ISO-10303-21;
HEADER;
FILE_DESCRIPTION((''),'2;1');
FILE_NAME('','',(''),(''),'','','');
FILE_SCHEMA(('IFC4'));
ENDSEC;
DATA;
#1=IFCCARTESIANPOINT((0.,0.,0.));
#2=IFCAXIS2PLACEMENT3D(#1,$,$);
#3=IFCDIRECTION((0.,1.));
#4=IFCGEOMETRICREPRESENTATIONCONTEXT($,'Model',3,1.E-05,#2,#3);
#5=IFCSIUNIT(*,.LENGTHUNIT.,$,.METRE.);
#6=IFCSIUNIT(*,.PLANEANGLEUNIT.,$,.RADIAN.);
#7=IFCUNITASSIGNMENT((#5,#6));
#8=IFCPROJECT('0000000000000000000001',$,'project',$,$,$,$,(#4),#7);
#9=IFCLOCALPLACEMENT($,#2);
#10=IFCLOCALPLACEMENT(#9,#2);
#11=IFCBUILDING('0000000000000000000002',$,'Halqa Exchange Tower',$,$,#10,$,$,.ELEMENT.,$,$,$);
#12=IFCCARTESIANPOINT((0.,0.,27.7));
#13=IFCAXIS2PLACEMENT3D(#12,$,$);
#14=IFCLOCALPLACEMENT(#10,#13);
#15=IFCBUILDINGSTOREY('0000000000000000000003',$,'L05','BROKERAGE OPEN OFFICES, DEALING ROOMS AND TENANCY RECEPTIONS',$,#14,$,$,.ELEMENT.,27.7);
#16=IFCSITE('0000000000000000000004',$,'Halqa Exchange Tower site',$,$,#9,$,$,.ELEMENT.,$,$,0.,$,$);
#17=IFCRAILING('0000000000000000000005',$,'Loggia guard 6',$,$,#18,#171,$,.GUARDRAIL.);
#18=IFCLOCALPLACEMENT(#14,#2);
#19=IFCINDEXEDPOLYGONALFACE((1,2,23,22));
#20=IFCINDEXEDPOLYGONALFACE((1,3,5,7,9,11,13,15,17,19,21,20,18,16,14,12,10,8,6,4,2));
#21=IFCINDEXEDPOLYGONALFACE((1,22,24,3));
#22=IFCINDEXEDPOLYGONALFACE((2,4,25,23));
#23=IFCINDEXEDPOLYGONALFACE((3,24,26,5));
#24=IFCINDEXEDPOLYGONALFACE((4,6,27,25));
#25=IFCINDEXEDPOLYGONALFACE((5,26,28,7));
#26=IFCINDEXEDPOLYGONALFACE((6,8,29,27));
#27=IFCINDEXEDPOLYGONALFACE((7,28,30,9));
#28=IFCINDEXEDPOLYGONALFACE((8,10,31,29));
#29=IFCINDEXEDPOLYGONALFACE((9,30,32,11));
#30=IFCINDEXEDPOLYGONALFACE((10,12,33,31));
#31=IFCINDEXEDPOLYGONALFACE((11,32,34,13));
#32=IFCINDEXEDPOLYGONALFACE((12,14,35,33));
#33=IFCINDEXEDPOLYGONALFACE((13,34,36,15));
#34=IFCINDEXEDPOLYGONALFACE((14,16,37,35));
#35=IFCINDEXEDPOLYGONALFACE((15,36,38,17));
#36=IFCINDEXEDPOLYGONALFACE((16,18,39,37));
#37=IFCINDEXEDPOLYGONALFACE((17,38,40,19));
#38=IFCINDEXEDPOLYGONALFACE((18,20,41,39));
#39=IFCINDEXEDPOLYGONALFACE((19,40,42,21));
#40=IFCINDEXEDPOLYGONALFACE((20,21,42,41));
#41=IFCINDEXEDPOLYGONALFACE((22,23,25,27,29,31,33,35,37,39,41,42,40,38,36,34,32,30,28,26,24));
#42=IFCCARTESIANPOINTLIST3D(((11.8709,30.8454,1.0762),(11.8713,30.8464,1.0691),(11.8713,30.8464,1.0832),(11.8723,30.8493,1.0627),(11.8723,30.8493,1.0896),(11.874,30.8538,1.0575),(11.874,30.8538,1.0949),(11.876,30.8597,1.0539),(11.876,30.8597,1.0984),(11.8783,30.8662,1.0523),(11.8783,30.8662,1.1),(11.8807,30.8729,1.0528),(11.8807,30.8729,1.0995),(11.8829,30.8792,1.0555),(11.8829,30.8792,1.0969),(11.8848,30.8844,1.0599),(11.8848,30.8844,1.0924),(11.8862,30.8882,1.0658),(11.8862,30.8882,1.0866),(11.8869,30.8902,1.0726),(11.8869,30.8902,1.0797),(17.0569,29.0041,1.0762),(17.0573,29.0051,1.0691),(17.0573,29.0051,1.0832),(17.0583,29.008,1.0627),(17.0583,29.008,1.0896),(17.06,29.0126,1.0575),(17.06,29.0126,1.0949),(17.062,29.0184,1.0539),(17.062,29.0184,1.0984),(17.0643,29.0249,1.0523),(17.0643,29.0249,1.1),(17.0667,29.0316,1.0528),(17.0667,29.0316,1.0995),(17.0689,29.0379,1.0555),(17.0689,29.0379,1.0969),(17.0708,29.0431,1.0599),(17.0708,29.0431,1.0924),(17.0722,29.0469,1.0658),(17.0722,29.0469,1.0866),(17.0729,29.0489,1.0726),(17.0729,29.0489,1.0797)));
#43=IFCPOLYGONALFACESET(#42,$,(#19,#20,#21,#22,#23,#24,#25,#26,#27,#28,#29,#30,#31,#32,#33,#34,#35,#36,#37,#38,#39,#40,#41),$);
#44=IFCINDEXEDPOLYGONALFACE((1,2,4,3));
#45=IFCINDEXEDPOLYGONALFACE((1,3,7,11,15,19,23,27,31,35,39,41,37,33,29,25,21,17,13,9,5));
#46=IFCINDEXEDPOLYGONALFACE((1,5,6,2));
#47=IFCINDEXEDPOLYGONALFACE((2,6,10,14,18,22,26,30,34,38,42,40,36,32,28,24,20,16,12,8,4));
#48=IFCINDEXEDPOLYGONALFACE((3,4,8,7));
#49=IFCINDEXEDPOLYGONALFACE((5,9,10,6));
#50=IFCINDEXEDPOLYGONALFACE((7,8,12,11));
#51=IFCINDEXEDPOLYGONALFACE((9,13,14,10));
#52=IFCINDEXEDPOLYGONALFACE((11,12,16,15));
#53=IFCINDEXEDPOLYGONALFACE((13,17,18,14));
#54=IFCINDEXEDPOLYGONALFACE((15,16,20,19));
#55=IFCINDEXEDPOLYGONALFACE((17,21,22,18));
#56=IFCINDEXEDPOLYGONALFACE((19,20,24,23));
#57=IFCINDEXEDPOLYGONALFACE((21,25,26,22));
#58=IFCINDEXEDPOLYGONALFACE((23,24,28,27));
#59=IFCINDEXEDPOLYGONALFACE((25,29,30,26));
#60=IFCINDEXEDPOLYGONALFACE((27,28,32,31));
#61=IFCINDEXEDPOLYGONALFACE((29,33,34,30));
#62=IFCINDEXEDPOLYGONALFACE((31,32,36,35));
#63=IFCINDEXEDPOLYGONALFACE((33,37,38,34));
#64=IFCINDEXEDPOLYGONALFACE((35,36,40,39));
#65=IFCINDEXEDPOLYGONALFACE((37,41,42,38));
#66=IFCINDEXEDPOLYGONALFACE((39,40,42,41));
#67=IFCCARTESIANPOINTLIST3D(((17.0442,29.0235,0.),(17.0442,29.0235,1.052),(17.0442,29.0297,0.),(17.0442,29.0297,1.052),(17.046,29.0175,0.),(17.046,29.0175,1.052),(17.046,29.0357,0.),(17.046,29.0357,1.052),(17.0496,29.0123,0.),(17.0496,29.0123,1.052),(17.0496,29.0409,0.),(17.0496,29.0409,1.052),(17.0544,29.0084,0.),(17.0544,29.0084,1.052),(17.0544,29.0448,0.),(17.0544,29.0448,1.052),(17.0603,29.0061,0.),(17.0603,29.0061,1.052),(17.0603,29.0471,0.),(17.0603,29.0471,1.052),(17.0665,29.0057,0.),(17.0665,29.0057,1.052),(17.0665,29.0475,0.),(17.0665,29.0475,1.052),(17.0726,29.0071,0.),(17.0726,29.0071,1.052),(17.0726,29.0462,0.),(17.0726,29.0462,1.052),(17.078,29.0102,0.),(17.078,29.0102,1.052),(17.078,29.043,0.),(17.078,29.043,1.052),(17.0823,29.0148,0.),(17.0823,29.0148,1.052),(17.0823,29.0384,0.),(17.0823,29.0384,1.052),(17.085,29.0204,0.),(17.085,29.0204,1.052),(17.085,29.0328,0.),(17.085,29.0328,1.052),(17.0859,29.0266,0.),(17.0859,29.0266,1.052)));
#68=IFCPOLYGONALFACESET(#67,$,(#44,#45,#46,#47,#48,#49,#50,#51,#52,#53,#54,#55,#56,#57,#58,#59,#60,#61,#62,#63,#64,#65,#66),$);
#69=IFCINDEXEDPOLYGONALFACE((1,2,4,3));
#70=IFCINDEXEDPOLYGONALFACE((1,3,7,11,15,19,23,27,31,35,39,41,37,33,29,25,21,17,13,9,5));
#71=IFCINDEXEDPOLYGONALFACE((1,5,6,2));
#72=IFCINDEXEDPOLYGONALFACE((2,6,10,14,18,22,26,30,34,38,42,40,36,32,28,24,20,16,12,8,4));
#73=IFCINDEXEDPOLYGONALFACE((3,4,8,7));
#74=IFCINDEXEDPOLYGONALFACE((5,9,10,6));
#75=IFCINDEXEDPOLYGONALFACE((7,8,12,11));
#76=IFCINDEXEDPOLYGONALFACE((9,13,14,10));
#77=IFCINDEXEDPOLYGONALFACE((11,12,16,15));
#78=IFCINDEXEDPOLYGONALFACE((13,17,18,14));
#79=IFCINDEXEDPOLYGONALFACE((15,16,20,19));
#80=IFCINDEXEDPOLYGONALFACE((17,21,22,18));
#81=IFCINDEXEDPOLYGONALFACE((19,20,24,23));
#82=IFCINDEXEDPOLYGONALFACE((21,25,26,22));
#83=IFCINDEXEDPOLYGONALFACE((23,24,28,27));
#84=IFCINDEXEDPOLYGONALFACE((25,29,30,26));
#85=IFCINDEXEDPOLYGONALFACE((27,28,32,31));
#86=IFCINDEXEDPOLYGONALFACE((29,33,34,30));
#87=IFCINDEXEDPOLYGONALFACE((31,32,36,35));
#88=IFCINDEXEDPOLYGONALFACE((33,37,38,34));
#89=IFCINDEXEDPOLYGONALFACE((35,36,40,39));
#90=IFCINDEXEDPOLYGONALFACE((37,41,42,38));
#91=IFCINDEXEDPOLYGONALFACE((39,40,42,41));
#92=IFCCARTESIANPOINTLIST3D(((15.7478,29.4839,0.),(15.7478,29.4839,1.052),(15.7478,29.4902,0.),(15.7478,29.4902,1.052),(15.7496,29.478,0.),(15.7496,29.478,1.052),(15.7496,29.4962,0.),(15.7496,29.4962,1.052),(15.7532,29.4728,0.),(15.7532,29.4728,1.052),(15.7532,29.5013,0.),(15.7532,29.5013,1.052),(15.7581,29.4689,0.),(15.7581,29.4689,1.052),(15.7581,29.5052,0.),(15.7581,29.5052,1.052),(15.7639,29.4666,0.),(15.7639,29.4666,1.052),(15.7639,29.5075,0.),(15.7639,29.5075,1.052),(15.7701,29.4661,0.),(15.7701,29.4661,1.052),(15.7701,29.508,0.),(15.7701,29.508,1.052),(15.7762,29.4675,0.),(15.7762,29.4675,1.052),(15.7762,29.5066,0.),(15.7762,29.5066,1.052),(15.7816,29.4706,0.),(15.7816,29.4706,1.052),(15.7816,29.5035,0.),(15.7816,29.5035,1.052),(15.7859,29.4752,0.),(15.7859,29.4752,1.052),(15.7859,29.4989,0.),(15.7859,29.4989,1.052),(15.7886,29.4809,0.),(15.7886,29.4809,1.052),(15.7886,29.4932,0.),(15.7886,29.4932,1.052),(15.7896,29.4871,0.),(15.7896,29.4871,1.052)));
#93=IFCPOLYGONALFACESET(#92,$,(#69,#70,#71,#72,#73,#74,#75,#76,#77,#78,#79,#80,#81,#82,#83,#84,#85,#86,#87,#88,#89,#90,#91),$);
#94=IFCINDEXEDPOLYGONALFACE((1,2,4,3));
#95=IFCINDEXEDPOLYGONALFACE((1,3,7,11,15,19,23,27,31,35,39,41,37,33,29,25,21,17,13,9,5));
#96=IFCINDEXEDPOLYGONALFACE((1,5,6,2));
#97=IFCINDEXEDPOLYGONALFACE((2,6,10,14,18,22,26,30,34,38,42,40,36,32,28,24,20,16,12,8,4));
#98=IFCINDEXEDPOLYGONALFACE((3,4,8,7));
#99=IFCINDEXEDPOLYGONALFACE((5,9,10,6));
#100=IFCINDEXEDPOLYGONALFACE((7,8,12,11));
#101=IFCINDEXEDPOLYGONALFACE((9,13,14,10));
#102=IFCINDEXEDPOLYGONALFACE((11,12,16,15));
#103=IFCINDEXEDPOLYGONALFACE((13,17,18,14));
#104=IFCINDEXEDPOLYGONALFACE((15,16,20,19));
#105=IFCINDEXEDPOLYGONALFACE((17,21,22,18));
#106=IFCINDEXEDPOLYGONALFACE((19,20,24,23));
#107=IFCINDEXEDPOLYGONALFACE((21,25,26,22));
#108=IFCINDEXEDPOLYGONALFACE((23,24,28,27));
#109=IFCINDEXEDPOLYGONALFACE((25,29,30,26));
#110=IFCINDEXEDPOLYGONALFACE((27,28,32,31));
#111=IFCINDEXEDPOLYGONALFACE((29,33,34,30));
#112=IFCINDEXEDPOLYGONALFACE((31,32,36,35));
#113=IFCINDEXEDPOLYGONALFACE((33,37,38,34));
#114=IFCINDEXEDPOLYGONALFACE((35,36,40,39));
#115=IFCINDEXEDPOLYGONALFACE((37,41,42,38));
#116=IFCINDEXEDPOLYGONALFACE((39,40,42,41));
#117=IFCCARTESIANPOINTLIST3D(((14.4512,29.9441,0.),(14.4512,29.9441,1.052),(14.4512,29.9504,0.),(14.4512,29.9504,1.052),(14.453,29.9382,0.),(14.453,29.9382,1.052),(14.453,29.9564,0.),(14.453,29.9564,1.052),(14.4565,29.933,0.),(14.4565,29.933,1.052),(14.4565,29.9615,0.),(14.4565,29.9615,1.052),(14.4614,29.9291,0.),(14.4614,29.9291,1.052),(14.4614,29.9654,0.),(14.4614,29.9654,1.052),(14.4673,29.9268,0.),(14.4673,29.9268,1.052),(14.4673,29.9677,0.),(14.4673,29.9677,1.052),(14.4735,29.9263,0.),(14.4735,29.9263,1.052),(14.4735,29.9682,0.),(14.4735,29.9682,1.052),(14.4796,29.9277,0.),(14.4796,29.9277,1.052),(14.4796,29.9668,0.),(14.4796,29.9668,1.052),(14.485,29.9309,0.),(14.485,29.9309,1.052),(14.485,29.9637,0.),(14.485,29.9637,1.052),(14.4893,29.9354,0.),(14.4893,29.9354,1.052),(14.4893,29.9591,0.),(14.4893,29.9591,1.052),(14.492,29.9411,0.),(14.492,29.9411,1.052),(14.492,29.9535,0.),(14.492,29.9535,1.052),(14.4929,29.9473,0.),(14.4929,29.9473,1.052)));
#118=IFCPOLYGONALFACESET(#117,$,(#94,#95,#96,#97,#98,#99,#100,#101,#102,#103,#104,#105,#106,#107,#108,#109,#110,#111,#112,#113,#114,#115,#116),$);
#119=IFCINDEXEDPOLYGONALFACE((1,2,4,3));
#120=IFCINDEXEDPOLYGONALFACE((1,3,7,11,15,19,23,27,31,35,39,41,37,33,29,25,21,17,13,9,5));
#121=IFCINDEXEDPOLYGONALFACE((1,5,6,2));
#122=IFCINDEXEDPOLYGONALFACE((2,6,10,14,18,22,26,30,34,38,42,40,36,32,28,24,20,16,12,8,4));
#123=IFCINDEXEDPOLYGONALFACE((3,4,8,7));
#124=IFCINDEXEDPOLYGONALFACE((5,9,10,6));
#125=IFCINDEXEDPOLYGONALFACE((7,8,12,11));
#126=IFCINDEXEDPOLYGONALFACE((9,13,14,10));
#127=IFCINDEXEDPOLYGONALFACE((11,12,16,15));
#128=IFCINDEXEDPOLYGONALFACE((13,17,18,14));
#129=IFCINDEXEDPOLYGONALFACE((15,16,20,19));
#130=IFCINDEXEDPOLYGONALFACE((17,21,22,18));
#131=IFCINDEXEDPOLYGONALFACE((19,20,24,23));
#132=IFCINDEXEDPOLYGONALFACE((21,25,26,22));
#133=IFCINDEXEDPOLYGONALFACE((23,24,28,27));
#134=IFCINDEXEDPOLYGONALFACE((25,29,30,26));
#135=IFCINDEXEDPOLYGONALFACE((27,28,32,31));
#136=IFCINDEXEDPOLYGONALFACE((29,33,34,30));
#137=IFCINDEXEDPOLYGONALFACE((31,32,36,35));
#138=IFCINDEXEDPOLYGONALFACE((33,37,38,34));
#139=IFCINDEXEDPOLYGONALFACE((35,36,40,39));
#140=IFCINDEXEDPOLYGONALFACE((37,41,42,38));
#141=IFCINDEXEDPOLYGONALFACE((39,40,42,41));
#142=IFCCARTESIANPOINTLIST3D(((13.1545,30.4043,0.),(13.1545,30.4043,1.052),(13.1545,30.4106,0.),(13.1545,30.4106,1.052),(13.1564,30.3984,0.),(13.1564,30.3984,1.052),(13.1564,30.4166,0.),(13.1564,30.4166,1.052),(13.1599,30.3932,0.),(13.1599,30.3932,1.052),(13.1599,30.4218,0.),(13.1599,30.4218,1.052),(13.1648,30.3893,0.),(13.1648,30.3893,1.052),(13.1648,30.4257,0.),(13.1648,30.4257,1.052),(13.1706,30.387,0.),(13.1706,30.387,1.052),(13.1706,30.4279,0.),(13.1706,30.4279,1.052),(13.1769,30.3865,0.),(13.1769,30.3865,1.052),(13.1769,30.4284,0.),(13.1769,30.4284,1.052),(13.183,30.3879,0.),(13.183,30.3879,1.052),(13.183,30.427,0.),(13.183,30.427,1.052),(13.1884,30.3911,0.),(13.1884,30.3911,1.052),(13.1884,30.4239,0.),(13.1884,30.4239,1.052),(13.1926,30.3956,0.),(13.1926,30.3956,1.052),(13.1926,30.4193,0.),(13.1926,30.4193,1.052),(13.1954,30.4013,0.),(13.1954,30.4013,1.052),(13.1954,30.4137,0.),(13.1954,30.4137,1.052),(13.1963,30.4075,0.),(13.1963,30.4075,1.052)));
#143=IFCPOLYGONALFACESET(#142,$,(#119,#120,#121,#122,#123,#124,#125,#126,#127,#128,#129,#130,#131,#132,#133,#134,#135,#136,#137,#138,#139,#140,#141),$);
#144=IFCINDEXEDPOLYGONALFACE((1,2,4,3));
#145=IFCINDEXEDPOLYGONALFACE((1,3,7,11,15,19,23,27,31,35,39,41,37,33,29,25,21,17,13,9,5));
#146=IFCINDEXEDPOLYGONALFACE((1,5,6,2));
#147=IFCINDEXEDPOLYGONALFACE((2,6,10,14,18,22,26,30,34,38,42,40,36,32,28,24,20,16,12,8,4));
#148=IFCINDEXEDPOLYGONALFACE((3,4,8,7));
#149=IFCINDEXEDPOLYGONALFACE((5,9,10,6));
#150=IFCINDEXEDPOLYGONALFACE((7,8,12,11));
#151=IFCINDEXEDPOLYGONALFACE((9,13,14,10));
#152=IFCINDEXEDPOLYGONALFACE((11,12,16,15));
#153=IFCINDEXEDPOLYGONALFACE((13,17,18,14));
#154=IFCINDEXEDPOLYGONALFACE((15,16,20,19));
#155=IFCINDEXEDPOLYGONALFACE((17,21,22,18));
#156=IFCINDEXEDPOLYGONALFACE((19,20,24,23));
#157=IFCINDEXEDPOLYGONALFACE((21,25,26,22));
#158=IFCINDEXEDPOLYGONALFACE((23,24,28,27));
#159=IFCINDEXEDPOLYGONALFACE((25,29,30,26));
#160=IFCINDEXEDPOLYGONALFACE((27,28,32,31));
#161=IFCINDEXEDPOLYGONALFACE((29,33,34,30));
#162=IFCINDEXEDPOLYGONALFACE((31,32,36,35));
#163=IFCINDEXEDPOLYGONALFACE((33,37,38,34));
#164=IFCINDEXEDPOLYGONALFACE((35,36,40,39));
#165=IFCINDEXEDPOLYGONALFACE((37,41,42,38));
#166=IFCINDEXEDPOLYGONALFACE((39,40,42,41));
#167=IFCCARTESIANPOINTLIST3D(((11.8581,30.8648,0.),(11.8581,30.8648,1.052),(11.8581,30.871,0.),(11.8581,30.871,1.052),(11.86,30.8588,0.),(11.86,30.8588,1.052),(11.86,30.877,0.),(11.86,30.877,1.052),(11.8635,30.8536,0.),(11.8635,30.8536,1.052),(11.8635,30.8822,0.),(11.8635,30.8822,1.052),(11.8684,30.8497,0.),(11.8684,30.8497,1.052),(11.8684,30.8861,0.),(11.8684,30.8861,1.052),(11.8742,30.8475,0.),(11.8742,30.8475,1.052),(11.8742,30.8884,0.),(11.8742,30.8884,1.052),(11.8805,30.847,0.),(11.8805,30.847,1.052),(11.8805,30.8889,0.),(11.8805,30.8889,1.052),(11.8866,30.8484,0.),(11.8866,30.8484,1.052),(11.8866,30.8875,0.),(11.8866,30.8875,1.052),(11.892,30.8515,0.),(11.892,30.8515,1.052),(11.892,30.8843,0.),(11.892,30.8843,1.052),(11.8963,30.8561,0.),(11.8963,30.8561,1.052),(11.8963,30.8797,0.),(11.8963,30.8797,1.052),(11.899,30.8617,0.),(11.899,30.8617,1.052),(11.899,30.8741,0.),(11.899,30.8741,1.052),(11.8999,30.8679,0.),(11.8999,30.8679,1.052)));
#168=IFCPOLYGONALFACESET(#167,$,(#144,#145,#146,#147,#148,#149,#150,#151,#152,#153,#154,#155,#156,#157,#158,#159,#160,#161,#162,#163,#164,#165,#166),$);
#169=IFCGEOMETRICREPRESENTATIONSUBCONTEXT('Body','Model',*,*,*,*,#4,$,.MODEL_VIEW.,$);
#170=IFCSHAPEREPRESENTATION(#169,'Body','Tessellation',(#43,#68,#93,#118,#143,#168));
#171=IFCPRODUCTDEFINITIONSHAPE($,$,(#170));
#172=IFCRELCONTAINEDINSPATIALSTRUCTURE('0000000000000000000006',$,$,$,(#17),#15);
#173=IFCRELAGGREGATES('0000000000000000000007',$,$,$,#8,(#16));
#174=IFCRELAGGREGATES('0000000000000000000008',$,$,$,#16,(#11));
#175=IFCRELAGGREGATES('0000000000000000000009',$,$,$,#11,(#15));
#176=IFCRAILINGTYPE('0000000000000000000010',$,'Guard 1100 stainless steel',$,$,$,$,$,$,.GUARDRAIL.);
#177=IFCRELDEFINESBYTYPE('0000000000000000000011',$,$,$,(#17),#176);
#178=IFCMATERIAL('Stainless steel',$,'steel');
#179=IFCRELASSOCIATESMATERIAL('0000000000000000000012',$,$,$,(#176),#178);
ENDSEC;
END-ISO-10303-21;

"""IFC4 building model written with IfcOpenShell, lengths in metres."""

from ifc_helpers import new_model, si_unit, direction, frame, origin, origin_2d, place, context, subcontext, project, spatial, circle, extrude, material, type_object, element, save


model = new_model("IFC4")

# Units and contexts
model_context = context("Model", 3, precision=1e-05, world=origin(), true_north=direction((0.0, 1.0)))
body_context = subcontext(model_context, "Body", "Model", "MODEL_VIEW")
ifc_project = project(units=[si_unit("LENGTHUNIT", "METRE"), si_unit("PLANEANGLEUNIT", "RADIAN")], contexts=[model_context])

# Site, building, storey
site_placement = place(None, origin())
site = spatial("IfcSite", under=ifc_project, at=site_placement, Name="Halqa Exchange Tower site", CompositionType="ELEMENT", RefElevation=0.0)
building_placement = place(site_placement, origin())
building = spatial("IfcBuilding", under=site, at=building_placement, Name="Halqa Exchange Tower", CompositionType="ELEMENT")
storey_placement = place(building_placement, frame((0.0, 0.0, 27.7)))
storey = spatial("IfcBuildingStorey", under=building, at=storey_placement, Name="L05", Description="BROKERAGE OPEN OFFICES, DEALING ROOMS AND TENANCY RECEPTIONS", CompositionType="ELEMENT", Elevation=27.7)

# Railing
ifc_material_1 = material(Name="Stainless steel", Category="steel")
railing_type = type_object("IfcRailingType", Name="Guard 1100 stainless steel", PredefinedType="GUARDRAIL", material=ifc_material_1)
railing_1_placement = place(storey_placement, frame((17.0649, 29.0266, 0.0)))
element("IfcRailing", 1, at=railing_1_placement, inside=storey, type_object=railing_type, Name="Loggia guard 6", PredefinedType="GUARDRAIL", context=body_context, shape_type="SweptSolid", body=[
    extrude(circle(Radius=0.0239, at=origin_2d()), frame((0.0, 0.0, 1.0762), z_axis=(-0.942365, 0.334588, 0.0), x_axis=(-0.334588, -0.942365, 0.0)), (0.0, 0.0, 1.0), 5.5032),
    extrude(circle(Radius=0.021, at=origin_2d()), origin(), (0.0, 0.0, 1.0), 1.052),
    extrude(circle(Radius=0.021, at=origin_2d()), frame((-1.2964, 0.4604, 0.0)), (0.0, 0.0, 1.0), 1.052),
    extrude(circle(Radius=0.021, at=origin_2d()), frame((-2.593, 0.9207, 0.0)), (0.0, 0.0, 1.0), 1.052),
    extrude(circle(Radius=0.021, at=origin_2d()), frame((-3.8896, 1.3809, 0.0)), (0.0, 0.0, 1.0), 1.052),
    extrude(circle(Radius=0.021, at=origin_2d()), frame((-5.186, 1.8413, 0.0)), (0.0, 0.0, 1.0), 1.052),
])

save(model, "model.ifc")
